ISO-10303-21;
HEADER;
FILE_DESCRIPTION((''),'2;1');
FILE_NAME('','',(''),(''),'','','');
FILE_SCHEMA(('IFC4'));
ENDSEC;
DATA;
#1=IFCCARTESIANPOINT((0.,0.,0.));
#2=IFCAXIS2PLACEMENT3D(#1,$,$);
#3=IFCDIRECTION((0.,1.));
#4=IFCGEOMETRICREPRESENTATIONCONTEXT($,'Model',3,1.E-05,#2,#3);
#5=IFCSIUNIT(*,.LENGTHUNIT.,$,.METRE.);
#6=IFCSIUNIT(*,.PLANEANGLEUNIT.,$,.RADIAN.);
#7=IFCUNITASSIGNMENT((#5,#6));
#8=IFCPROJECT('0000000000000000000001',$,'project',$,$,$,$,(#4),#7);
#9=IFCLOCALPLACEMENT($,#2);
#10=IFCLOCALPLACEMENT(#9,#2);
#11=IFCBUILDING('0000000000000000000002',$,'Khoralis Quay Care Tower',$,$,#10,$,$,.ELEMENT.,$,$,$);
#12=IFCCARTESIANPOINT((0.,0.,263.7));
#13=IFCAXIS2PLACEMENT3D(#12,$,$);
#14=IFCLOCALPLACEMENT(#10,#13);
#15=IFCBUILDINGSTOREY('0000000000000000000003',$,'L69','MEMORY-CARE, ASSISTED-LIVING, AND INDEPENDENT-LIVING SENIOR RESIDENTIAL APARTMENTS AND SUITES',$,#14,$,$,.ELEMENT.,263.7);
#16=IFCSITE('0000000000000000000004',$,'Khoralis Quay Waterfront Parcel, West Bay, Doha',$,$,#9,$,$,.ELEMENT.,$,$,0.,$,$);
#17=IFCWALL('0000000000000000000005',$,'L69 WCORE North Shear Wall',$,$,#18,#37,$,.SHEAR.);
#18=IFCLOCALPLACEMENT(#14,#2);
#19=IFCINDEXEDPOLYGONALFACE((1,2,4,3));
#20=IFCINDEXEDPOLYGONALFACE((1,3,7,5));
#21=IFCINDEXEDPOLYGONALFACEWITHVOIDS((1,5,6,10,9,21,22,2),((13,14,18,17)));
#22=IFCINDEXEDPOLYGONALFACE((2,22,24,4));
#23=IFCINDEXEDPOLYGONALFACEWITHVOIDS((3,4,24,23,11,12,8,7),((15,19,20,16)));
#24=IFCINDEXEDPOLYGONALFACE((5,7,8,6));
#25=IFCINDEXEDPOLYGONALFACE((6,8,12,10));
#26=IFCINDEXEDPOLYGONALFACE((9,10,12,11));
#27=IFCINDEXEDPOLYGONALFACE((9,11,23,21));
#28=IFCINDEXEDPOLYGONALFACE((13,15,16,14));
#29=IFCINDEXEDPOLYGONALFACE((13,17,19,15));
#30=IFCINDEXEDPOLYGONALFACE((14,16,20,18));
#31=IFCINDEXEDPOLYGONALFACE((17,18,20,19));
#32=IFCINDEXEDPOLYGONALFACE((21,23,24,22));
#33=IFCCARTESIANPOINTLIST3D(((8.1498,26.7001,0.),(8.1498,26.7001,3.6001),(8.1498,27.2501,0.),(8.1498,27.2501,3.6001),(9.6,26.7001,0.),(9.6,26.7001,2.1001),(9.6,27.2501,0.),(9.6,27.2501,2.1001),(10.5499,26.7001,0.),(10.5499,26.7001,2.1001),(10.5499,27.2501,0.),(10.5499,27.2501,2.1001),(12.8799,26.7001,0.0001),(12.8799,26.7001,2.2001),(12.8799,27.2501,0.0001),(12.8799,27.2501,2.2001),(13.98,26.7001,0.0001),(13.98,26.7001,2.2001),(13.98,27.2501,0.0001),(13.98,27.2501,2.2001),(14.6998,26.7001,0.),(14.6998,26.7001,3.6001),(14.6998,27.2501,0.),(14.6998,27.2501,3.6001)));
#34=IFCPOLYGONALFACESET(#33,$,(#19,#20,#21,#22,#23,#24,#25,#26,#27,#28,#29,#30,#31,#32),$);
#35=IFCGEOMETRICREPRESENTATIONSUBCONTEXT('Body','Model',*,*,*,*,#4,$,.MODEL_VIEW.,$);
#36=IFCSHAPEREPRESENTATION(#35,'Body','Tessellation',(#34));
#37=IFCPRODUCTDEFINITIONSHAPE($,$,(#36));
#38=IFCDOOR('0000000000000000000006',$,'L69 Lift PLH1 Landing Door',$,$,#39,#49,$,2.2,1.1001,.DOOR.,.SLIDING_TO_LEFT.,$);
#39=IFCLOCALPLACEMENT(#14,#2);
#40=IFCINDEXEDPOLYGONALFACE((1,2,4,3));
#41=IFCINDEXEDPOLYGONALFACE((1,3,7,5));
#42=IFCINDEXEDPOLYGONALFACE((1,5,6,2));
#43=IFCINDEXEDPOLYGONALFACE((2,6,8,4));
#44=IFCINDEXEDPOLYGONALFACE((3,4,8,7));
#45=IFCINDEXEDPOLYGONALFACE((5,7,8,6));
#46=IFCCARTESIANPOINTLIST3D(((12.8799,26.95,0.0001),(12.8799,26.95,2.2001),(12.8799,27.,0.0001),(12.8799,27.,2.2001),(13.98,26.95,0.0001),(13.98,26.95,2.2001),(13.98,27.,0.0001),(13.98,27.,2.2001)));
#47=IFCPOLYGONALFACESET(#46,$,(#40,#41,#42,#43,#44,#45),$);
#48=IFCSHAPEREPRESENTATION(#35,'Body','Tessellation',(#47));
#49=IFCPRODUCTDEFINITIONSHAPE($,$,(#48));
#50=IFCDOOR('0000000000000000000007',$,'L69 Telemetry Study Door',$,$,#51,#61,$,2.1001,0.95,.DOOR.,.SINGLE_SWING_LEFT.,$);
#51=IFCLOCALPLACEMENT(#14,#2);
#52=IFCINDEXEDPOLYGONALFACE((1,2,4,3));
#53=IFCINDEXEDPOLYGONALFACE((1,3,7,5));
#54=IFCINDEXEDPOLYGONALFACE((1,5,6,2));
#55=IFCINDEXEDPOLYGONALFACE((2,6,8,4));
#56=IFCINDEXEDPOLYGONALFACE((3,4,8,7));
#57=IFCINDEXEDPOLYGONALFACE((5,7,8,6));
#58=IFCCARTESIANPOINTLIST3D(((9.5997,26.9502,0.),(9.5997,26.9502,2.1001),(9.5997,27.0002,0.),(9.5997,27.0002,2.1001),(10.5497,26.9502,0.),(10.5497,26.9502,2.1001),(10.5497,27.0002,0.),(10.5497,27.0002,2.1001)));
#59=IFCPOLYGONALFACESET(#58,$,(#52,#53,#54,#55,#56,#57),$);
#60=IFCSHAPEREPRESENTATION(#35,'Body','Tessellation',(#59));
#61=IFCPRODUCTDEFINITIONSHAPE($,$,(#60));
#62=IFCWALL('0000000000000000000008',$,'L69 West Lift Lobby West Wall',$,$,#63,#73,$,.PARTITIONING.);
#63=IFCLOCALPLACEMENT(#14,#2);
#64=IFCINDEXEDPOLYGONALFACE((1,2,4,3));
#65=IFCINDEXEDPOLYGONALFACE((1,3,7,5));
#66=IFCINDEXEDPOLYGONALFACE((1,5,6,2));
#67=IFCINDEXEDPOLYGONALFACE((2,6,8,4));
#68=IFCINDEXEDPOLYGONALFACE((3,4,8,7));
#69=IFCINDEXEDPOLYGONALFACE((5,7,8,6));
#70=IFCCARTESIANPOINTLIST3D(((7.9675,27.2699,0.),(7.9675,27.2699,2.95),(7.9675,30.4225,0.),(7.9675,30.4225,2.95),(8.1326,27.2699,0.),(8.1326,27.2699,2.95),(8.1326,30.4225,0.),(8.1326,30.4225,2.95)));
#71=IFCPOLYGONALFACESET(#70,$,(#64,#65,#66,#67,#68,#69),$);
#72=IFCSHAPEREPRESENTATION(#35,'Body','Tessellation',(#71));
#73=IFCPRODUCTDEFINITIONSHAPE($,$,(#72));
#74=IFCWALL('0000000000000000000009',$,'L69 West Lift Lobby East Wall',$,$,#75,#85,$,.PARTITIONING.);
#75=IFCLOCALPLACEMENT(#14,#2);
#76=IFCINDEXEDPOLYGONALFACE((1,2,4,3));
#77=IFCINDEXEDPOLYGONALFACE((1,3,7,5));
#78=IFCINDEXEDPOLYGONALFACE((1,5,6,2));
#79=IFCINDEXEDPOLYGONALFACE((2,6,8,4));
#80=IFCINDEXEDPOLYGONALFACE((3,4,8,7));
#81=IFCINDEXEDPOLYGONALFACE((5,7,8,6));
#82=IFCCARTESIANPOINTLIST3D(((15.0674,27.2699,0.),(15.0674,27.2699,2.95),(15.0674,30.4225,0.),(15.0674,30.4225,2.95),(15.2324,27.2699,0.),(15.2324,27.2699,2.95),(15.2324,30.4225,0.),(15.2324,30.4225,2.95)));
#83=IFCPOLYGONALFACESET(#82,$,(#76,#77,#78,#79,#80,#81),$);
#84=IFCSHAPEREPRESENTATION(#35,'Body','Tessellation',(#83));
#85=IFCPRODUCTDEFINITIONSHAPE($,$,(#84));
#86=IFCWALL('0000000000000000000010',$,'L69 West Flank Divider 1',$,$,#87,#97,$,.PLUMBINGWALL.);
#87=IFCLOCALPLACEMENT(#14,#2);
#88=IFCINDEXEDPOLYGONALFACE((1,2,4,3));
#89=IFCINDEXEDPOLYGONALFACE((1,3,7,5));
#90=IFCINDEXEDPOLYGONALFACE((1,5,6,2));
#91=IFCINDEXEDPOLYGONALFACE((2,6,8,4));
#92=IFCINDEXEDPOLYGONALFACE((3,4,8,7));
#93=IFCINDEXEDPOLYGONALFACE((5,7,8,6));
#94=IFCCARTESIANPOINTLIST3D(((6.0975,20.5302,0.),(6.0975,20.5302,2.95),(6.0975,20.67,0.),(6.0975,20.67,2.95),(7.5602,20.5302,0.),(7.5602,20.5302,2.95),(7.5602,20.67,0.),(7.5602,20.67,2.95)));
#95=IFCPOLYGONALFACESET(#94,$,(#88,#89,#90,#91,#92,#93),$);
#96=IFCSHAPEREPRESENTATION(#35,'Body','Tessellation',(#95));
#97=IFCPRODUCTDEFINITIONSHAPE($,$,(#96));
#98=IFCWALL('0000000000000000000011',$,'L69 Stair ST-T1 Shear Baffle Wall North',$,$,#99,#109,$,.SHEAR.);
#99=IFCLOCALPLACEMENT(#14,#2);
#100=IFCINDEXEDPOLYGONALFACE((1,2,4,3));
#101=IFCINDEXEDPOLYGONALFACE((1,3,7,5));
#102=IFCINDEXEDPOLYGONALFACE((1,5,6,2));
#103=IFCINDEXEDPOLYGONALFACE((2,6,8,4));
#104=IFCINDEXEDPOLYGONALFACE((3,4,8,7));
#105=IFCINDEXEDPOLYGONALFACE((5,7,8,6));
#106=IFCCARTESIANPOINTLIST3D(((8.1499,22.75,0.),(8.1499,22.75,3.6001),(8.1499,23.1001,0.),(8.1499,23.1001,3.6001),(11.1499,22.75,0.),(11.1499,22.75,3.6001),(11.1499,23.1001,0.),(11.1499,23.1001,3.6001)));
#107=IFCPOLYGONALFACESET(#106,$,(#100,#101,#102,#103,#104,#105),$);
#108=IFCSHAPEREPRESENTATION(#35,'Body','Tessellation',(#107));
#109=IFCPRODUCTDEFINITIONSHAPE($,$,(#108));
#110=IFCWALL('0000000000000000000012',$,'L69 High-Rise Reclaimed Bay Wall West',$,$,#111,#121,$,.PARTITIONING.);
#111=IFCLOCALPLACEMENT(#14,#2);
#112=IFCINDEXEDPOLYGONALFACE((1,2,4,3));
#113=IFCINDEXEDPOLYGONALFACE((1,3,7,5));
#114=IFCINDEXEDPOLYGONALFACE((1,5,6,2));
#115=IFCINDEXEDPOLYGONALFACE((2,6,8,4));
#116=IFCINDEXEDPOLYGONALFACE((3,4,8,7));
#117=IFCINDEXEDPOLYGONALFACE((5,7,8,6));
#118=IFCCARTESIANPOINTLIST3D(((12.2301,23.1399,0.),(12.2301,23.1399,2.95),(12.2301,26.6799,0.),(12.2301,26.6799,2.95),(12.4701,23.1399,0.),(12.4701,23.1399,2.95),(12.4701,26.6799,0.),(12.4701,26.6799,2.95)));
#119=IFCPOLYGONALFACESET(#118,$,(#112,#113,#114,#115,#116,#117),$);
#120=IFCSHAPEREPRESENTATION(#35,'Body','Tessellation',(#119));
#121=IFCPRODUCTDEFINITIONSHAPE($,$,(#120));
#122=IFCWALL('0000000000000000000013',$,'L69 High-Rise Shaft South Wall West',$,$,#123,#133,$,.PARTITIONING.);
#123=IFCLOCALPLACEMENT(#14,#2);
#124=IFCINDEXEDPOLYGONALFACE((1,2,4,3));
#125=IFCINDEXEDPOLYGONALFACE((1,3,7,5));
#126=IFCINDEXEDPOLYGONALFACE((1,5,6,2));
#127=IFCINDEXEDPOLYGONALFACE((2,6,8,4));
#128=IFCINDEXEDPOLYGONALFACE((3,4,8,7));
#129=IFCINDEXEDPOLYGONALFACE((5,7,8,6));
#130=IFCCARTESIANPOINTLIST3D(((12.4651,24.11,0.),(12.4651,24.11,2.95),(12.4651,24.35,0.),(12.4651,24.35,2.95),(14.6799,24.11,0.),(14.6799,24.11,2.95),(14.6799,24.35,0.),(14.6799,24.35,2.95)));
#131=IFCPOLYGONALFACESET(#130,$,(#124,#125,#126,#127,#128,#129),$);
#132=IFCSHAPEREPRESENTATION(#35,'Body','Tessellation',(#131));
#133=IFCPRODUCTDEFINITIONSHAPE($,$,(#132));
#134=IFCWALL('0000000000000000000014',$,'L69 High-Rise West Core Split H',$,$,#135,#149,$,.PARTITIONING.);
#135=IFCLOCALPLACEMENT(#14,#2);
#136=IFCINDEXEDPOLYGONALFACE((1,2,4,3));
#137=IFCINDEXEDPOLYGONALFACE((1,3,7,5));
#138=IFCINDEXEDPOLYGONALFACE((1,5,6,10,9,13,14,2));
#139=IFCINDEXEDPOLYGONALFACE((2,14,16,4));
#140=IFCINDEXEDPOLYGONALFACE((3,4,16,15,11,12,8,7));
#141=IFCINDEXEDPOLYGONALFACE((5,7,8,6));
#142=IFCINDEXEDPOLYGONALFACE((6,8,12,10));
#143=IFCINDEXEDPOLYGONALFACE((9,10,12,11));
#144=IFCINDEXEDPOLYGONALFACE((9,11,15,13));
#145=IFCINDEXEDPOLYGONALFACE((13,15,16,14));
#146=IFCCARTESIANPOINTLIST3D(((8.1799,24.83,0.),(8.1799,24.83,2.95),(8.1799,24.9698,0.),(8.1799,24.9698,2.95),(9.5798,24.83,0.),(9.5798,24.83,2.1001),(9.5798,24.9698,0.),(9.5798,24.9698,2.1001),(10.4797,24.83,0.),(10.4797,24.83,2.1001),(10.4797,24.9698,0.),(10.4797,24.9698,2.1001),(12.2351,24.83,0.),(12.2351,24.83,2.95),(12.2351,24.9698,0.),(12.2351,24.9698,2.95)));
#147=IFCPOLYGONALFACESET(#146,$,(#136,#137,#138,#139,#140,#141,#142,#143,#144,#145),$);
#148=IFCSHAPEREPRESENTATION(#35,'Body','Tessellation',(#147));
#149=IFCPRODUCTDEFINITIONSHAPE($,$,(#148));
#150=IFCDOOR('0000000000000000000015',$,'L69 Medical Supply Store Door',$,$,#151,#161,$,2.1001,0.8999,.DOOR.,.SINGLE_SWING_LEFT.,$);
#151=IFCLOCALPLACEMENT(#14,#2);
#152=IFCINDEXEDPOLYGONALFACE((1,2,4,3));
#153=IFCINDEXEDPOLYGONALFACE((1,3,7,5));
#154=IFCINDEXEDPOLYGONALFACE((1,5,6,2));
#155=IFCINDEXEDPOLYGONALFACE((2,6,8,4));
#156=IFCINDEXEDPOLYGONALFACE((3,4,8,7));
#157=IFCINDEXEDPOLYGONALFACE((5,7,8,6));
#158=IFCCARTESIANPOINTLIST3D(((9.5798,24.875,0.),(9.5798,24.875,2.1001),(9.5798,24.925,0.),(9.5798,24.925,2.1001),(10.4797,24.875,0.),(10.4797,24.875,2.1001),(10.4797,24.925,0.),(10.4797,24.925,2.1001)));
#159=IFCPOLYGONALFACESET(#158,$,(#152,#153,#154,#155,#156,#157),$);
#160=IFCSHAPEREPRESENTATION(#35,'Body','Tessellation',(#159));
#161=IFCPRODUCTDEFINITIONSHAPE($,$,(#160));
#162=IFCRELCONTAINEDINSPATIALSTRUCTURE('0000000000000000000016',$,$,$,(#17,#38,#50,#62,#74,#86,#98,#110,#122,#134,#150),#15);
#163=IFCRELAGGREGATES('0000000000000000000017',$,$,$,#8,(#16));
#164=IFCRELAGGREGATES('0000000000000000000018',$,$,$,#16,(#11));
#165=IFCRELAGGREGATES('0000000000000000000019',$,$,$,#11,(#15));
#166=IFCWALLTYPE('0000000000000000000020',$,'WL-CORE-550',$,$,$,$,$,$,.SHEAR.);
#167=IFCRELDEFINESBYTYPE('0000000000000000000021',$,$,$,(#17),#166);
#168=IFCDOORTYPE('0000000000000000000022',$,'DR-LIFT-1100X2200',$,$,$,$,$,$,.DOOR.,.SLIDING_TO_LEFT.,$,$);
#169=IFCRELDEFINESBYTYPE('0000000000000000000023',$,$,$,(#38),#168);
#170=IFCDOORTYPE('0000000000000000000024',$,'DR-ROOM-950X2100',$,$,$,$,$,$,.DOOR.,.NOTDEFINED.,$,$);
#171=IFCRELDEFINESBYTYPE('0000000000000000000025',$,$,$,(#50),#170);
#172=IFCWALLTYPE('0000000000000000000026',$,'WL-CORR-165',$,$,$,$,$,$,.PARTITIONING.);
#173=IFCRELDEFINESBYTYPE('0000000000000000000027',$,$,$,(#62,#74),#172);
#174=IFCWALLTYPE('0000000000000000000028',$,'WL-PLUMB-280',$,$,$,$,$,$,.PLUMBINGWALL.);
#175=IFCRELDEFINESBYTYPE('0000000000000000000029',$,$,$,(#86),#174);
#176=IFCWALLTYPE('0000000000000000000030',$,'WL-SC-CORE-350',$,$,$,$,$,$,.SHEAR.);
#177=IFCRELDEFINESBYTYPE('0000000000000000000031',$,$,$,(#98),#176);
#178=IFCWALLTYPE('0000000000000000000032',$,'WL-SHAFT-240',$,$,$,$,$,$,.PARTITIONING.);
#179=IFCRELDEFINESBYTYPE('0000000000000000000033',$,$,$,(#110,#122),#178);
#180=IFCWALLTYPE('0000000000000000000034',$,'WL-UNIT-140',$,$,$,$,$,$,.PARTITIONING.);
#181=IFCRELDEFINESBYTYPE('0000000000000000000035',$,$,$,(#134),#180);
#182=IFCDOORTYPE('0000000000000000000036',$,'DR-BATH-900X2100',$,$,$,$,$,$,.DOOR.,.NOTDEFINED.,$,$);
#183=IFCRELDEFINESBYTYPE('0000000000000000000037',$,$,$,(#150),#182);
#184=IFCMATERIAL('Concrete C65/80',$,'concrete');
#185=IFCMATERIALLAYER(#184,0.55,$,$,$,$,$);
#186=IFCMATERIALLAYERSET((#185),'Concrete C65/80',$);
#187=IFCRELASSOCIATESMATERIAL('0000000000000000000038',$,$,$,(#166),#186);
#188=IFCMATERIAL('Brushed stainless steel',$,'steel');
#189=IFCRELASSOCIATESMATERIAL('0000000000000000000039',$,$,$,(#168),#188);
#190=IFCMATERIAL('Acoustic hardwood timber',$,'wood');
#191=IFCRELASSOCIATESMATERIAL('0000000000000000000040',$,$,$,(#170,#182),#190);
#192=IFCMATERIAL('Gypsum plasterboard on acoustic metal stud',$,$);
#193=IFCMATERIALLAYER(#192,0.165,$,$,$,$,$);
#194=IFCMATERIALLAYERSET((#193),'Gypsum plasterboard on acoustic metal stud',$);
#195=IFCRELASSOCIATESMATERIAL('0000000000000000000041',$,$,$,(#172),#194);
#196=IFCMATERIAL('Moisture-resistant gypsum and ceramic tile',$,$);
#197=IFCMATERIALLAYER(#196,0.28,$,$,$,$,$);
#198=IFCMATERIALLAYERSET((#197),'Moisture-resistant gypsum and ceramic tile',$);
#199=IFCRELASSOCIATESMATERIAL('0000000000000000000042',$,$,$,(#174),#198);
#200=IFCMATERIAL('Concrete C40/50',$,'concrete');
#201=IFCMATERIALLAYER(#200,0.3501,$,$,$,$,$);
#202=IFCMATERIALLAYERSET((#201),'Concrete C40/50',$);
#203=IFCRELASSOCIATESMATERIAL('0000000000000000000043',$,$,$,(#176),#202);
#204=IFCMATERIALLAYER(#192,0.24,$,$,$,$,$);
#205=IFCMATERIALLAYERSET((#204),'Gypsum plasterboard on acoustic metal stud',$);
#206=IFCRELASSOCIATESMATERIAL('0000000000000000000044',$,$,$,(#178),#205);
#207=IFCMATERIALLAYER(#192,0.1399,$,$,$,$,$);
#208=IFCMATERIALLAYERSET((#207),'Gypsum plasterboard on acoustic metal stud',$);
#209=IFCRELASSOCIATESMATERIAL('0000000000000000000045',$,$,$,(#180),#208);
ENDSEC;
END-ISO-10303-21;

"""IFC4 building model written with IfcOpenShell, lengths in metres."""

from ifc_helpers import new_model, si_unit, direction, frame, frame_2d, origin, place, context, subcontext, project, spatial, rectangle, extrude, source, transform, mapped, material, layer, layer_set, type_object, element, fill, save


model = new_model("IFC4")

# Units and contexts
model_context = context("Model", 3, precision=1e-05, world=origin(), true_north=direction((0.0, 1.0)))
body_context = subcontext(model_context, "Body", "Model", "MODEL_VIEW")
ifc_project = project(units=[si_unit("LENGTHUNIT", "METRE"), si_unit("PLANEANGLEUNIT", "RADIAN")], contexts=[model_context])

# Site, building, storey
site_placement = place(None, origin())
site = spatial("IfcSite", under=ifc_project, at=site_placement, Name="Khoralis Quay Waterfront Parcel, West Bay, Doha", CompositionType="ELEMENT", RefElevation=0.0)
building_placement = place(site_placement, origin())
building = spatial("IfcBuilding", under=site, at=building_placement, Name="Khoralis Quay Care Tower", CompositionType="ELEMENT")
storey_placement = place(building_placement, frame((0.0, 0.0, 263.7)))
storey = spatial("IfcBuildingStorey", under=building, at=storey_placement, Name="L69", Description="MEMORY-CARE, ASSISTED-LIVING, AND INDEPENDENT-LIVING SENIOR RESIDENTIAL APARTMENTS AND SUITES", CompositionType="ELEMENT", Elevation=263.7)

# Wall, openings, doors
ifc_material_1 = material(Name="Concrete C65/80", Category="concrete")
ifc_layer_1 = layer(ifc_material_1, 0.55)
ifc_layer_set_1 = layer_set([ifc_layer_1], Name="Concrete C65/80")
wall_type_1 = type_object("IfcWallType", Name="WL-CORE-550", PredefinedType="SHEAR", material=ifc_layer_set_1)
wall_1_placement = place(storey_placement, frame((8.1499, 26.9751, 0.0), z_axis=(0.0, 0.0, 1.0), x_axis=(1.0, 0.0, 0.0)))
wall_1 = element("IfcWall", 1, at=wall_1_placement, inside=storey, type_object=wall_type_1, Name="L69 WCORE North Shear Wall", PredefinedType="SHEAR", context=body_context, shape_type="SweptSolid", body=[
    extrude(rectangle(XDim=6.55, YDim=0.55, at=frame_2d((3.2749, 0.0))), origin(), (0.0, 0.0, 1.0), 3.6001),
])
opening_1_placement = place(wall_1_placement, frame((1.45, 0.0, 0.0)))
opening_1 = element("IfcOpeningElement", 2, at=opening_1_placement, cuts=wall_1, PredefinedType="OPENING", context=body_context, shape_type="SweptSolid", body=[
    extrude(rectangle(XDim=0.95, YDim=2.1001, at=frame_2d((0.4751, 1.05))), frame((0.0, 0.2852, 0.0), z_axis=(0.0, -1.0, 0.0), x_axis=(1.0, 0.0, 0.0)), (0.0, 0.0, 1.0), 0.5701),
])
opening_2_placement = place(wall_1_placement, frame((4.73, 0.0, 0.0)))
opening_2 = element("IfcOpeningElement", 3, at=opening_2_placement, cuts=wall_1, PredefinedType="OPENING", context=body_context, shape_type="SweptSolid", body=[
    extrude(rectangle(XDim=1.1001, YDim=2.2, at=frame_2d((0.55, 1.1001))), frame((0.0, 0.2852, 0.0), z_axis=(0.0, -1.0, 0.0), x_axis=(1.0, 0.0, 0.0)), (0.0, 0.0, 1.0), 0.5701),
])
ifc_material_2 = material(Name="Brushed stainless steel", Category="steel")
door_type_1 = type_object("IfcDoorType", Name="DR-LIFT-1100X2200", OperationType="SLIDING_TO_LEFT", PredefinedType="DOOR", material=ifc_material_2)
shared_shape_1 = source(origin(), body_context, "Body", "SweptSolid", [
    extrude(rectangle(XDim=1.1001, YDim=2.2, at=frame_2d((0.55, 1.1001))), frame((0.0, 0.0249, 0.0), z_axis=(0.0, -1.0, 0.0), x_axis=(1.0, 0.0, 0.0)), (0.0, 0.0, 1.0), 0.05),
])
door_1_placement = place(opening_2_placement, origin())
door_1 = element("IfcDoor", 4, at=door_1_placement, inside=storey, type_object=door_type_1, Name="L69 Lift PLH1 Landing Door", OperationType="SLIDING_TO_LEFT", OverallHeight=2.2, OverallWidth=1.1001, PredefinedType="DOOR", context=body_context, shape_type="MappedRepresentation", body=[
    mapped(shared_shape_1, transform((0.0, 0.0, 0.0), scale=1.0)),
])
fill(opening_2, door_1)
ifc_material_3 = material(Name="Acoustic hardwood timber", Category="wood")
door_type_2 = type_object("IfcDoorType", Name="DR-ROOM-950X2100", OperationType="NOTDEFINED", PredefinedType="DOOR", material=ifc_material_3)
shared_shape_2 = source(origin(), body_context, "Body", "SweptSolid", [
    extrude(rectangle(XDim=0.95, YDim=2.1001, at=frame_2d((0.4751, 1.05))), frame((0.0, 0.0249, 0.0), z_axis=(0.0, -1.0, 0.0), x_axis=(1.0, 0.0, 0.0)), (0.0, 0.0, 1.0), 0.05),
])
door_2_placement = place(opening_1_placement, frame((0.95, 0.0, 0.0), z_axis=(0.0, 0.0, 1.0), x_axis=(-1.0, 0.0, 0.0)))
door_2 = element("IfcDoor", 5, at=door_2_placement, inside=storey, type_object=door_type_2, Name="L69 Telemetry Study Door", OperationType="SINGLE_SWING_LEFT", OverallHeight=2.1001, OverallWidth=0.95, PredefinedType="DOOR", context=body_context, shape_type="MappedRepresentation", body=[
    mapped(shared_shape_2, transform((0.0, 0.0, 0.0), scale=1.0)),
])
fill(opening_1, door_2)

# Walls
ifc_material_4 = material(Name="Gypsum plasterboard on acoustic metal stud")
ifc_layer_2 = layer(ifc_material_4, 0.165)
ifc_layer_set_2 = layer_set([ifc_layer_2], Name="Gypsum plasterboard on acoustic metal stud")
wall_type_2 = type_object("IfcWallType", Name="WL-CORR-165", PredefinedType="PARTITIONING", material=ifc_layer_set_2)
for number, where, z_axis, x_axis, name in (
    (6, (8.05, 27.27, 0.0), (0.0, 0.0, 1.0), (0.0, 1.0, 0.0), "L69 West Lift Lobby West Wall"),
    (7, (15.1499, 27.27, 0.0), (0.0, 0.0, 1.0), (0.0, 1.0, 0.0), "L69 West Lift Lobby East Wall"),
):
    element("IfcWall", number, at=place(storey_placement, frame(where, z_axis=z_axis, x_axis=x_axis)), inside=storey, type_object=wall_type_2, Name=name, PredefinedType="PARTITIONING", context=body_context, shape_type="SweptSolid", body=[
        extrude(rectangle(XDim=3.1526, YDim=0.165, at=frame_2d((1.5762, 0.0))), origin(), (0.0, 0.0, 1.0), 2.95),
    ])
ifc_material_5 = material(Name="Moisture-resistant gypsum and ceramic tile")
ifc_layer_3 = layer(ifc_material_5, 0.28)
ifc_layer_set_3 = layer_set([ifc_layer_3], Name="Moisture-resistant gypsum and ceramic tile")
wall_type_3 = type_object("IfcWallType", Name="WL-PLUMB-280", PredefinedType="PLUMBINGWALL", material=ifc_layer_set_3)
wall_2_placement = place(storey_placement, frame((6.0974, 20.6001, 0.0), z_axis=(0.0, 0.0, 1.0), x_axis=(1.0, 0.0, 0.0)))
element("IfcWall", 8, at=wall_2_placement, inside=storey, type_object=wall_type_3, Name="L69 West Flank Divider 1", PredefinedType="PLUMBINGWALL", context=body_context, shape_type="SweptSolid", body=[
    extrude(rectangle(XDim=1.4626, YDim=0.1399, at=frame_2d((0.7314, 0.0))), origin(), (0.0, 0.0, 1.0), 2.95),
])
ifc_material_6 = material(Name="Concrete C40/50", Category="concrete")
ifc_layer_4 = layer(ifc_material_6, 0.3501)
ifc_layer_set_4 = layer_set([ifc_layer_4], Name="Concrete C40/50")
wall_type_4 = type_object("IfcWallType", Name="WL-SC-CORE-350", PredefinedType="SHEAR", material=ifc_layer_set_4)
wall_3_placement = place(storey_placement, frame((8.1499, 22.925, 0.0), z_axis=(0.0, 0.0, 1.0), x_axis=(1.0, 0.0, 0.0)))
element("IfcWall", 9, at=wall_3_placement, inside=storey, type_object=wall_type_4, Name="L69 Stair ST-T1 Shear Baffle Wall North", PredefinedType="SHEAR", context=body_context, shape_type="SweptSolid", body=[
    extrude(rectangle(XDim=3.0, YDim=0.3501, at=frame_2d((1.5, 0.0))), origin(), (0.0, 0.0, 1.0), 3.6001),
])
ifc_layer_5 = layer(ifc_material_4, 0.24)
ifc_layer_set_5 = layer_set([ifc_layer_5], Name="Gypsum plasterboard on acoustic metal stud")
wall_type_5 = type_object("IfcWallType", Name="WL-SHAFT-240", PredefinedType="PARTITIONING", material=ifc_layer_set_5)
wall_4_placement = place(storey_placement, frame((12.3501, 23.1399, 0.0), z_axis=(0.0, 0.0, 1.0), x_axis=(0.0, 1.0, 0.0)))
element("IfcWall", 10, at=wall_4_placement, inside=storey, type_object=wall_type_5, Name="L69 High-Rise Reclaimed Bay Wall West", PredefinedType="PARTITIONING", context=body_context, shape_type="SweptSolid", body=[
    extrude(rectangle(XDim=3.54, YDim=0.24, at=frame_2d((1.77, 0.0))), origin(), (0.0, 0.0, 1.0), 2.95),
])
wall_5_placement = place(storey_placement, frame((12.4651, 24.23, 0.0), z_axis=(0.0, 0.0, 1.0), x_axis=(1.0, 0.0, 0.0)))
element("IfcWall", 11, at=wall_5_placement, inside=storey, type_object=wall_type_5, Name="L69 High-Rise Shaft South Wall West", PredefinedType="PARTITIONING", context=body_context, shape_type="SweptSolid", body=[
    extrude(rectangle(XDim=2.2148, YDim=0.24, at=frame_2d((1.1074, 0.0))), origin(), (0.0, 0.0, 1.0), 2.95),
])

# Wall, opening, door
ifc_layer_6 = layer(ifc_material_4, 0.1399)
ifc_layer_set_6 = layer_set([ifc_layer_6], Name="Gypsum plasterboard on acoustic metal stud")
wall_type_6 = type_object("IfcWallType", Name="WL-UNIT-140", PredefinedType="PARTITIONING", material=ifc_layer_set_6)
wall_6_placement = place(storey_placement, frame((8.1799, 24.8999, 0.0), z_axis=(0.0, 0.0, 1.0), x_axis=(1.0, 0.0, 0.0)))
wall_6 = element("IfcWall", 12, at=wall_6_placement, inside=storey, type_object=wall_type_6, Name="L69 High-Rise West Core Split H", PredefinedType="PARTITIONING", context=body_context, shape_type="SweptSolid", body=[
    extrude(rectangle(XDim=4.0552, YDim=0.1399, at=frame_2d((2.0276, 0.0))), origin(), (0.0, 0.0, 1.0), 2.95),
])
opening_3_placement = place(wall_6_placement, frame((1.3999, 0.0, 0.0)))
opening_3 = element("IfcOpeningElement", 13, at=opening_3_placement, cuts=wall_6, PredefinedType="OPENING", context=body_context, shape_type="SweptSolid", body=[
    extrude(rectangle(XDim=0.8999, YDim=2.1001, at=frame_2d((0.45, 1.05))), frame((0.0, 0.0801, 0.0), z_axis=(0.0, -1.0, 0.0), x_axis=(1.0, 0.0, 0.0)), (0.0, 0.0, 1.0), 0.1599),
])
door_type_3 = type_object("IfcDoorType", Name="DR-BATH-900X2100", OperationType="NOTDEFINED", PredefinedType="DOOR", material=ifc_material_3)
shared_shape_3 = source(origin(), body_context, "Body", "SweptSolid", [
    extrude(rectangle(XDim=0.8999, YDim=2.1001, at=frame_2d((0.45, 1.05))), frame((0.0, 0.0249, 0.0), z_axis=(0.0, -1.0, 0.0), x_axis=(1.0, 0.0, 0.0)), (0.0, 0.0, 1.0), 0.05),
])
door_3_placement = place(opening_3_placement, frame((0.8999, 0.0, 0.0), z_axis=(0.0, 0.0, 1.0), x_axis=(-1.0, 0.0, 0.0)))
door_3 = element("IfcDoor", 14, at=door_3_placement, inside=storey, type_object=door_type_3, Name="L69 Medical Supply Store Door", OperationType="SINGLE_SWING_LEFT", OverallHeight=2.1001, OverallWidth=0.8999, PredefinedType="DOOR", context=body_context, shape_type="MappedRepresentation", body=[
    mapped(shared_shape_3, transform((0.0, 0.0, 0.0), scale=1.0)),
])
fill(opening_3, door_3)

save(model, "model.ifc")
